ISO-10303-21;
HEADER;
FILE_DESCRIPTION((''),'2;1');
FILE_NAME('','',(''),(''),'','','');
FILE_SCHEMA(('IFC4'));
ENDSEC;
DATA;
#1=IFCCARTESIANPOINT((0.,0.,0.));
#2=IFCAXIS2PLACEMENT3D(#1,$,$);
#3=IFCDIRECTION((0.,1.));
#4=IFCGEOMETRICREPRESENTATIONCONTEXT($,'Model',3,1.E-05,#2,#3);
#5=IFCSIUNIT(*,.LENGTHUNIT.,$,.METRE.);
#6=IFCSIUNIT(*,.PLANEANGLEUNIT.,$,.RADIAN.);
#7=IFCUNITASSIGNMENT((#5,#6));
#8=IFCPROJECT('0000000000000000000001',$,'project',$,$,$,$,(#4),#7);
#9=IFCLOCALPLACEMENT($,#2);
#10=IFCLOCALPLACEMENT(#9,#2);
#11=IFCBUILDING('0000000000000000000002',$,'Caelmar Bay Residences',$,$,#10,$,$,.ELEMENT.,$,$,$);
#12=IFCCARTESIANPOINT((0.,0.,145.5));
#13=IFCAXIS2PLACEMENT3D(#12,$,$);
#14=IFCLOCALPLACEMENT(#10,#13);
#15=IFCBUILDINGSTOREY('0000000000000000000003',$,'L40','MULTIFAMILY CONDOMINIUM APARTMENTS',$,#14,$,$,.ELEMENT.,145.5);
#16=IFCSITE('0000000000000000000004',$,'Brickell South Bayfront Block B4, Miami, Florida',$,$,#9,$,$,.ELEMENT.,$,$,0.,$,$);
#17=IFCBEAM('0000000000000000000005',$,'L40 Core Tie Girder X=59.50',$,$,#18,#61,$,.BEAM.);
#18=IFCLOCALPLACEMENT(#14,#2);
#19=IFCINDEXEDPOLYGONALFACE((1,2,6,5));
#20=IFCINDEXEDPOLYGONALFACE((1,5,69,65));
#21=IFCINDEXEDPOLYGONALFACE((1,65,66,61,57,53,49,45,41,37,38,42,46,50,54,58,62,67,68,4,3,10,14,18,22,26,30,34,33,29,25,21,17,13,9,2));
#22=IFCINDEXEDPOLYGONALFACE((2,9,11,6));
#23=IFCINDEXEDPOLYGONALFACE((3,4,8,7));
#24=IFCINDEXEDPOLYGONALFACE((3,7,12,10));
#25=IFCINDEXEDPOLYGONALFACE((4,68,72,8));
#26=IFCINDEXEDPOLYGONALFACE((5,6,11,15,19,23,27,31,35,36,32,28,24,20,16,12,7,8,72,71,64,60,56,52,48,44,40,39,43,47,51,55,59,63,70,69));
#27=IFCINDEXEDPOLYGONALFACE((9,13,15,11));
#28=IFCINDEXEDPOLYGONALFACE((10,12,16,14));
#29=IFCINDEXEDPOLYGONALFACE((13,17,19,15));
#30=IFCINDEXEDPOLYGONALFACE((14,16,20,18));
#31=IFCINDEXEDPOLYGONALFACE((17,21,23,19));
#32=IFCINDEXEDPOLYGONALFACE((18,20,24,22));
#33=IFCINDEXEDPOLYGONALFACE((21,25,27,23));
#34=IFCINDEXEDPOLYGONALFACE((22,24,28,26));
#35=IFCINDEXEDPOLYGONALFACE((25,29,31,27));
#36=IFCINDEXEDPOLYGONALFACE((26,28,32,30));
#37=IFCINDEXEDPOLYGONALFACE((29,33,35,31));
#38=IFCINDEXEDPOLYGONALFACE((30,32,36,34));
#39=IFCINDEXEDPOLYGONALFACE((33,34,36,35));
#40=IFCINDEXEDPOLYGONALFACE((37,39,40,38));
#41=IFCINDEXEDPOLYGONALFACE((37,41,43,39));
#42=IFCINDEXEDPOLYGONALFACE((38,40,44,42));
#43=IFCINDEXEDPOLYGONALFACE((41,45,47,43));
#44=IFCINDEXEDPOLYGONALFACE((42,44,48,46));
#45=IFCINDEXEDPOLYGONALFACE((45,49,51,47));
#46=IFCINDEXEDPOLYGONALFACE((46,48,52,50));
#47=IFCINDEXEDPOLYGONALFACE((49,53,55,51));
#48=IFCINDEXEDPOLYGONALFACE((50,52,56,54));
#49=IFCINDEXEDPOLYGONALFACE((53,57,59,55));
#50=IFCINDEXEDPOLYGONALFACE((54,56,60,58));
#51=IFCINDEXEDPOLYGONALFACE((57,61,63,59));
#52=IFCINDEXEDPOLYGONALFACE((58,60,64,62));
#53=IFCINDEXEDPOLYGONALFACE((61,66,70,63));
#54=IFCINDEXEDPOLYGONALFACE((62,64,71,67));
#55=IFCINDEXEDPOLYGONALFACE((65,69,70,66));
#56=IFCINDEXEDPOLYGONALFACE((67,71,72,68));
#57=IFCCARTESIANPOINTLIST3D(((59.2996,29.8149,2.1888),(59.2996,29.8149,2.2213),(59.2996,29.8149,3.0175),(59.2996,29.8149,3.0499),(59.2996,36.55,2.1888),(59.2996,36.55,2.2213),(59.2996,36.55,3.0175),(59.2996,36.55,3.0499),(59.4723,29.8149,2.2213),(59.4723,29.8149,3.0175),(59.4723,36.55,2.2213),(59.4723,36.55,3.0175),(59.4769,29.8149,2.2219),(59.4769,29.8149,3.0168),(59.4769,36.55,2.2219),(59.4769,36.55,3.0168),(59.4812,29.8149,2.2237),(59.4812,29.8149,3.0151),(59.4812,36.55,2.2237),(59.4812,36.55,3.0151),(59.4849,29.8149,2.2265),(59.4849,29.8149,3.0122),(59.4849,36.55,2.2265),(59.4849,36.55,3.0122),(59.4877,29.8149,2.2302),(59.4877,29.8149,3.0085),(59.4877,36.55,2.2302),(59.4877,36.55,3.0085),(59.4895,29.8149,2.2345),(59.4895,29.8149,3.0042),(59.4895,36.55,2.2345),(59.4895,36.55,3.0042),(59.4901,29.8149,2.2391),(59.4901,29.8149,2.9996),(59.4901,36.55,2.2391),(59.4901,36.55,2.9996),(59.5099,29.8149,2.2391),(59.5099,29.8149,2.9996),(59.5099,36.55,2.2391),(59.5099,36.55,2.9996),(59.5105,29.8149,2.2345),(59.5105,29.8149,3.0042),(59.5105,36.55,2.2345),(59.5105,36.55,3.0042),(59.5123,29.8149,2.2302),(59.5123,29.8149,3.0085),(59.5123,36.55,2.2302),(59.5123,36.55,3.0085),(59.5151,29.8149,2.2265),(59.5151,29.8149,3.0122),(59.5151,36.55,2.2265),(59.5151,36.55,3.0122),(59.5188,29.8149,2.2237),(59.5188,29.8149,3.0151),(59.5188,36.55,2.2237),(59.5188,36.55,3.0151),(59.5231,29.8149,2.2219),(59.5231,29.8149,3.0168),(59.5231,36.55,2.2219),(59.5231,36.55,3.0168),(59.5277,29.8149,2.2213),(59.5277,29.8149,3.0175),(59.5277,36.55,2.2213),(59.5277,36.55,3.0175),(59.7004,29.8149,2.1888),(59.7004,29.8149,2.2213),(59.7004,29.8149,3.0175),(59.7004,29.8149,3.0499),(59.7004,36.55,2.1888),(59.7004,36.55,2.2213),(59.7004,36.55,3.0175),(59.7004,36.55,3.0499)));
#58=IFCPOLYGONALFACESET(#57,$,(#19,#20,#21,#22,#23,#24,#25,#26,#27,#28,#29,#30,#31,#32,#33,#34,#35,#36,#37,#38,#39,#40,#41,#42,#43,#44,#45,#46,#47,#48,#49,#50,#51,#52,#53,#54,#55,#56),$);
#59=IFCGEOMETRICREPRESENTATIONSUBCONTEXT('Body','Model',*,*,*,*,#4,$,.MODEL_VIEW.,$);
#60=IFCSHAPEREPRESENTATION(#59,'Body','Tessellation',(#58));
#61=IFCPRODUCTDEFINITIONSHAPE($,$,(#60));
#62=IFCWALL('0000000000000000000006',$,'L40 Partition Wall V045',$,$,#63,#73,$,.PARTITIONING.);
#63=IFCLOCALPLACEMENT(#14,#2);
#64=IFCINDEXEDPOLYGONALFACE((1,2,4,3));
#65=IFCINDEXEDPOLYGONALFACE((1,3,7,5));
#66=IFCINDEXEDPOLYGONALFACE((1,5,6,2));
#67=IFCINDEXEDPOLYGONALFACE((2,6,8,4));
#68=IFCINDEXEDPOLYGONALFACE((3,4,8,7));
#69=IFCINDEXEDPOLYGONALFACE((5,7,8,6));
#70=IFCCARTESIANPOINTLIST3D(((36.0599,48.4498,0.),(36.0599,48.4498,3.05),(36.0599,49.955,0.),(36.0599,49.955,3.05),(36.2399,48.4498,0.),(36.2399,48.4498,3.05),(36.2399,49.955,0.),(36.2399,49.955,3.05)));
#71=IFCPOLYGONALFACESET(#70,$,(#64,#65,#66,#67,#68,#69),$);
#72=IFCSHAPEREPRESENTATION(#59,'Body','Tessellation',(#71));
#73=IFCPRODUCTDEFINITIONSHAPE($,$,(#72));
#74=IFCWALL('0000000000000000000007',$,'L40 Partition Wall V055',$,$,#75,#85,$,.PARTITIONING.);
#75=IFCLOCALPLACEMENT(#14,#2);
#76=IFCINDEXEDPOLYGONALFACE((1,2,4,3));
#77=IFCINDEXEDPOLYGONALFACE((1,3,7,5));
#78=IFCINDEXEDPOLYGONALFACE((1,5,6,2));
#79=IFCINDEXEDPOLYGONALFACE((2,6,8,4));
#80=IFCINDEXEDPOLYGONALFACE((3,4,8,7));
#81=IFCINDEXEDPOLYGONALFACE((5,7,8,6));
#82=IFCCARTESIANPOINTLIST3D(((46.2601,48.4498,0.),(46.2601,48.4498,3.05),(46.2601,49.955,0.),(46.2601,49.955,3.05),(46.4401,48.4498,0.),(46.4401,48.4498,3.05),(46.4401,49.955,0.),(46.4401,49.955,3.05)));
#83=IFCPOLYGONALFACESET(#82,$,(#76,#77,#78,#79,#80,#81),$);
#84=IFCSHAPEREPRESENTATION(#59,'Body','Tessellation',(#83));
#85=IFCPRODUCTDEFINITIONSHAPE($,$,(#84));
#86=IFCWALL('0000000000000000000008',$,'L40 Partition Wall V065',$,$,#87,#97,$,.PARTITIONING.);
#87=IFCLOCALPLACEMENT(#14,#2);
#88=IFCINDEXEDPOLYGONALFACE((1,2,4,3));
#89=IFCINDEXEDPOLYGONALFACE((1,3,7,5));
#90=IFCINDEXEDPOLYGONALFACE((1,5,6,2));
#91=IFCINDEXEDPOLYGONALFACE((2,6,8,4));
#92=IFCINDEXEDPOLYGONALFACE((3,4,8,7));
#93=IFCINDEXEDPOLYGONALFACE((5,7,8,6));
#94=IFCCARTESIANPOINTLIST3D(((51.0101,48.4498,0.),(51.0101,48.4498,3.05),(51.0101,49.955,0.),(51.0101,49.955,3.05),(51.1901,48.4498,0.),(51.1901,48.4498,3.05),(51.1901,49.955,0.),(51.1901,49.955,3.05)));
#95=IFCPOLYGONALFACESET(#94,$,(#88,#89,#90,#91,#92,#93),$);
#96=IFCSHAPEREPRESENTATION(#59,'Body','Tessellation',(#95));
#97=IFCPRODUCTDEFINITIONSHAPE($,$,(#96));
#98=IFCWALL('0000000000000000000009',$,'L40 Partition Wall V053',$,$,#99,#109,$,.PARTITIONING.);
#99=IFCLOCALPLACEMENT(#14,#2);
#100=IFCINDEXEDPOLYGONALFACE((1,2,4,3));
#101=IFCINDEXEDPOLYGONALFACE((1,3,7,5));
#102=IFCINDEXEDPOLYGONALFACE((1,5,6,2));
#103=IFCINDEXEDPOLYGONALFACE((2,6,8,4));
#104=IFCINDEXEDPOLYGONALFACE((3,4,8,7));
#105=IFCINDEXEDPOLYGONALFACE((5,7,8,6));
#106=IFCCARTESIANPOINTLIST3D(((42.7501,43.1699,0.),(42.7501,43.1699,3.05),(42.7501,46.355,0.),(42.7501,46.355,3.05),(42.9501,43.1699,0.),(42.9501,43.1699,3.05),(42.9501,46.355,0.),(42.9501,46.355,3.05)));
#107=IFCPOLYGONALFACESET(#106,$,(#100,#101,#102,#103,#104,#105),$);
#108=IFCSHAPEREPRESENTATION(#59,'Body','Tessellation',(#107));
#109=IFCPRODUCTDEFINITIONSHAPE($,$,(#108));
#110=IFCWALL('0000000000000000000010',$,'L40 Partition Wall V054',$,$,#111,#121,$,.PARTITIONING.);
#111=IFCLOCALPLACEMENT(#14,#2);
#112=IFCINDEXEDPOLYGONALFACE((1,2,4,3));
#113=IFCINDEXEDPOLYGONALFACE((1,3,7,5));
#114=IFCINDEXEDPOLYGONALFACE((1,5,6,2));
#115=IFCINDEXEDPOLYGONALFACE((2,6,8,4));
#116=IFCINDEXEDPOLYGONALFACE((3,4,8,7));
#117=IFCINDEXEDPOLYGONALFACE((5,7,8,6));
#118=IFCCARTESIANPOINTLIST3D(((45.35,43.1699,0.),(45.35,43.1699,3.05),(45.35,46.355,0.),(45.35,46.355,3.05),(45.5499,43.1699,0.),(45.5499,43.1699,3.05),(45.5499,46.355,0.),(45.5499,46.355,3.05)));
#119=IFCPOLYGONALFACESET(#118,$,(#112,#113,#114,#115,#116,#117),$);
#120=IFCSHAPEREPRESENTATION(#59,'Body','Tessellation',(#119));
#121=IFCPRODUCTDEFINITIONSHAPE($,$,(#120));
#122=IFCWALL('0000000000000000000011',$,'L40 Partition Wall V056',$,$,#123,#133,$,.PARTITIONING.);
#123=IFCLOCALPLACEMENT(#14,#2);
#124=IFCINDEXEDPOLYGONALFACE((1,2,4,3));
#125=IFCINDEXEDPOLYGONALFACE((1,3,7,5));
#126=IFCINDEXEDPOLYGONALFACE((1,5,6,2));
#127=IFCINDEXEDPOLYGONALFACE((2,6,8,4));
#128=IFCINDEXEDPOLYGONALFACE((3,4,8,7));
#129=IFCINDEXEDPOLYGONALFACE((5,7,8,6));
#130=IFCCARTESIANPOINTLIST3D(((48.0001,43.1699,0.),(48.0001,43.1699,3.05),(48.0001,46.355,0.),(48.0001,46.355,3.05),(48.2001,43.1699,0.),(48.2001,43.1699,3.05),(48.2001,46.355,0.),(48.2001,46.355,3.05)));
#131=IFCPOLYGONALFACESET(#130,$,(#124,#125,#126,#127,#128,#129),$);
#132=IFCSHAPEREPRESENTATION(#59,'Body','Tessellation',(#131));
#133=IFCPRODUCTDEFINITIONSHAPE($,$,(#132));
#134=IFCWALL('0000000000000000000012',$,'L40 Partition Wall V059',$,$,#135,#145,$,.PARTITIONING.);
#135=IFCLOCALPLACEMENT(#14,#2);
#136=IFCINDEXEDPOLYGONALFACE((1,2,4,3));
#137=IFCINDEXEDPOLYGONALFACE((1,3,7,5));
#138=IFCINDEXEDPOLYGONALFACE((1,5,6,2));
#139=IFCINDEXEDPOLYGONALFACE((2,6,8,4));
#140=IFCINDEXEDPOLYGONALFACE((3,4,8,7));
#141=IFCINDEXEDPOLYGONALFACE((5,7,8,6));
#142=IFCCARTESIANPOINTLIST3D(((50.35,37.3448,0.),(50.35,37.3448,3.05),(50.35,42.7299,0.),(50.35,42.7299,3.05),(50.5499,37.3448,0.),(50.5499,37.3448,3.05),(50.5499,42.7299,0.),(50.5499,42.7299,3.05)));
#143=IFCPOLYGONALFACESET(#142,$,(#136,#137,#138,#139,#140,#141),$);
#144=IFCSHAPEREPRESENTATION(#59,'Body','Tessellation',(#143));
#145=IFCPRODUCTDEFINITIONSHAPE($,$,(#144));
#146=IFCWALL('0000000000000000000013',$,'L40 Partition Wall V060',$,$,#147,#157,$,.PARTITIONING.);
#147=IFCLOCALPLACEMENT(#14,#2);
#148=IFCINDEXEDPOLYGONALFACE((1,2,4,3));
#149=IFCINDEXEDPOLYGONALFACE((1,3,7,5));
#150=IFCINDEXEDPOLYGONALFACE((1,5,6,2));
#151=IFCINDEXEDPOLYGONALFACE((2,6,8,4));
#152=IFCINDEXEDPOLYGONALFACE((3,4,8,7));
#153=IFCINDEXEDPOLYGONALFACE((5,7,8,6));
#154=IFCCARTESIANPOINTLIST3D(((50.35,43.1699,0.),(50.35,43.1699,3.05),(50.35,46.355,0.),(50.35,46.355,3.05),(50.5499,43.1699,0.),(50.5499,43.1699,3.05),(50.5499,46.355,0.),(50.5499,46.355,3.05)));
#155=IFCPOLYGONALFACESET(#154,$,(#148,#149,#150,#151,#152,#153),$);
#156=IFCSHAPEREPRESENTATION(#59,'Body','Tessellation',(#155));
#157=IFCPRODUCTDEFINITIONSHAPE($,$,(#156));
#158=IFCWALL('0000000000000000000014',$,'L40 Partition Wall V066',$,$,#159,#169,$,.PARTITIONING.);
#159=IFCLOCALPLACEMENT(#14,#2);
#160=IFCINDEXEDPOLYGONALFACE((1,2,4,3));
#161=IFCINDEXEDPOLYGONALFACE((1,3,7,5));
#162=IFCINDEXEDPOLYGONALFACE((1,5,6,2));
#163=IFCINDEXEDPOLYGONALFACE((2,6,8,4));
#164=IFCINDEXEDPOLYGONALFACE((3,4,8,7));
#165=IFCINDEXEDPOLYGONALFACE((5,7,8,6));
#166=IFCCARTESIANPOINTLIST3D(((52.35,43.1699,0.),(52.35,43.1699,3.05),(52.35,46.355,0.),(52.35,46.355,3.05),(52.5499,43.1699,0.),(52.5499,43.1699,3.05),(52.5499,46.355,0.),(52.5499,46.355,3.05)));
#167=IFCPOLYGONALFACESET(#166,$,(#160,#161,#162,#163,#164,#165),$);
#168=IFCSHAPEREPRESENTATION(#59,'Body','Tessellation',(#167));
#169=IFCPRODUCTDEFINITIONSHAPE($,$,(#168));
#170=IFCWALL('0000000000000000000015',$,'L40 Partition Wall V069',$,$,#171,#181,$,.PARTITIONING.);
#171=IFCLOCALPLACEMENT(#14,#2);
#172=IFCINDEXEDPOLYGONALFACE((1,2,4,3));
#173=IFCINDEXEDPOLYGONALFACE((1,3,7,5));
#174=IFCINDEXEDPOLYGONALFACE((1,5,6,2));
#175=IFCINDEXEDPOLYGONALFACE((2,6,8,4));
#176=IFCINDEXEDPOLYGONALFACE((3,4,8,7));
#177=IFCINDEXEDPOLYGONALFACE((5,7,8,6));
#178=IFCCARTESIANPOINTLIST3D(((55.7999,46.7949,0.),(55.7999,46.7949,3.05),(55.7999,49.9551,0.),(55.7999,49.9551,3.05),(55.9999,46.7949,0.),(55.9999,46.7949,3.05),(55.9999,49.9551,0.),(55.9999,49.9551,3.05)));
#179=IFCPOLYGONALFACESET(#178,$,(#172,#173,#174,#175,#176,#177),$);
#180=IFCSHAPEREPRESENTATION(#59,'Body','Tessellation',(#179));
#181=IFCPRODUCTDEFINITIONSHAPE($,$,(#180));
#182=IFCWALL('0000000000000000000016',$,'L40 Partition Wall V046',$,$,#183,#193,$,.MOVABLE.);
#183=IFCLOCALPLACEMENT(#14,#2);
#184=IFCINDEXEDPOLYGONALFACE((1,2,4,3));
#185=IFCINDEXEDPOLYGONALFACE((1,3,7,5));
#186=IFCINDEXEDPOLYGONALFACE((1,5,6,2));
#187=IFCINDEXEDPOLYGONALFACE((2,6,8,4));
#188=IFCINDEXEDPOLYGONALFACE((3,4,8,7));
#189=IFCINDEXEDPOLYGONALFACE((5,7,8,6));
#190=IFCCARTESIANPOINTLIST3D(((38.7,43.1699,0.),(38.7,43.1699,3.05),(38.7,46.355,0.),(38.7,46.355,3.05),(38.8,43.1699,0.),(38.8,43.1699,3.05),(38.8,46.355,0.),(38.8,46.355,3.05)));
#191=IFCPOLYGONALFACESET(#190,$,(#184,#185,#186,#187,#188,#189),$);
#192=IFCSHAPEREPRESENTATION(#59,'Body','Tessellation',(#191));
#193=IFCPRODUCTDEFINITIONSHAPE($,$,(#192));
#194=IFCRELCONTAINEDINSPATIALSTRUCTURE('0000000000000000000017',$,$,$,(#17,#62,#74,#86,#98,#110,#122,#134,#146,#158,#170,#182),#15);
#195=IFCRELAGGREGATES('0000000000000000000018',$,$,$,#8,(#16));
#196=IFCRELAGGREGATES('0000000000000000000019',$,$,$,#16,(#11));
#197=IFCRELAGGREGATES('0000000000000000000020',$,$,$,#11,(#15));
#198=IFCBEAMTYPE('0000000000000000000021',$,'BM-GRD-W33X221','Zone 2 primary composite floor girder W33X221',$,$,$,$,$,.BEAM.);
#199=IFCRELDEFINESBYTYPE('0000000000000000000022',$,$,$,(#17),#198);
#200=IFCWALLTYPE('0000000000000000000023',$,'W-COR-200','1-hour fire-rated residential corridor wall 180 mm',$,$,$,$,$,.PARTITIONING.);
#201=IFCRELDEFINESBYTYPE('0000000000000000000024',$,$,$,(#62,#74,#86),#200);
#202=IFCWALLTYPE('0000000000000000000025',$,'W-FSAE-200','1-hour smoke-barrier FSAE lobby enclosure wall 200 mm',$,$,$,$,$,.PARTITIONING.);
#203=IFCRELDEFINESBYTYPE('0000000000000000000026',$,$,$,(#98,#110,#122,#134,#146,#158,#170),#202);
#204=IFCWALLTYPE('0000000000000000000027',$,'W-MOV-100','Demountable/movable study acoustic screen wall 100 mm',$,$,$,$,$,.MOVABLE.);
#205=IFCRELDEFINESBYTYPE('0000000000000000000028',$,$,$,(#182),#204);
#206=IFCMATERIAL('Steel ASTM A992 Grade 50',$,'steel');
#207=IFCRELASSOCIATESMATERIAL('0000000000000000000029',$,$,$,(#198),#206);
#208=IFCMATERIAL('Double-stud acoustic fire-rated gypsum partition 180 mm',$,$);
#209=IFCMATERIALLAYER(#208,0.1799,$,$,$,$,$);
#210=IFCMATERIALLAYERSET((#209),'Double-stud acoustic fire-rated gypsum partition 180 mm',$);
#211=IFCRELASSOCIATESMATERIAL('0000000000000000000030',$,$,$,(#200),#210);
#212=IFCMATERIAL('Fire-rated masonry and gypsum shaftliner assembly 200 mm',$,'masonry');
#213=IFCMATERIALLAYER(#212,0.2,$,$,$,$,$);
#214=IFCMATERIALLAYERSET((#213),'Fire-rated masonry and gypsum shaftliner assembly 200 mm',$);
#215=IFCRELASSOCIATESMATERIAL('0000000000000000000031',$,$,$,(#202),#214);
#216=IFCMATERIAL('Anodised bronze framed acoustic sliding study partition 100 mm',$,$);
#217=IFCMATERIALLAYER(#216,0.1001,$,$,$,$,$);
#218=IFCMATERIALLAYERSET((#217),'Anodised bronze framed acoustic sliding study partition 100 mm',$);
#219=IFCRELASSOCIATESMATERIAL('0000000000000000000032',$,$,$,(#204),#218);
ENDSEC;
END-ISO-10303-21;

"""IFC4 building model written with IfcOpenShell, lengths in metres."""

from ifc_helpers import new_model, si_unit, direction, frame, frame_2d, origin, origin_2d, place, context, subcontext, project, spatial, rectangle, i_section, extrude, material, layer, layer_set, material_profile, profile_set, type_object, element, save


model = new_model("IFC4")

# Units and contexts
model_context = context("Model", 3, precision=1e-05, world=origin(), true_north=direction((0.0, 1.0)))
body_context = subcontext(model_context, "Body", "Model", "MODEL_VIEW")
ifc_project = project(units=[si_unit("LENGTHUNIT", "METRE"), si_unit("PLANEANGLEUNIT", "RADIAN")], contexts=[model_context])

# Site, building, storey
site_placement = place(None, origin())
site = spatial("IfcSite", under=ifc_project, at=site_placement, Name="Brickell South Bayfront Block B4, Miami, Florida", CompositionType="ELEMENT", RefElevation=0.0)
building_placement = place(site_placement, origin())
building = spatial("IfcBuilding", under=site, at=building_placement, Name="Caelmar Bay Residences", CompositionType="ELEMENT")
storey_placement = place(building_placement, frame((0.0, 0.0, 145.5)))
storey = spatial("IfcBuildingStorey", under=building, at=storey_placement, Name="L40", Description="MULTIFAMILY CONDOMINIUM APARTMENTS", CompositionType="ELEMENT", Elevation=145.5)

# Beam
ifc_material_1 = material(Name="Steel ASTM A992 Grade 50", Category="steel")
ifc_material_profile = material_profile(ifc_material_1, i_section(OverallWidth=0.4009, OverallDepth=0.8611, WebThickness=0.0198, FlangeThickness=0.0325, FilletRadius=0.0178, at=origin_2d()), Name="W33X221")
ifc_profile_set = profile_set([ifc_material_profile], Name="Steel ASTM A992 Grade 50")
beam_type = type_object("IfcBeamType", Name="BM-GRD-W33X221", Description="Zone 2 primary composite floor girder W33X221", PredefinedType="BEAM", material=ifc_profile_set)
beam_placement = place(storey_placement, frame((59.5, 29.8149, 2.6194), z_axis=(0.0, 1.0, 0.0), x_axis=(-1.0, 0.0, 0.0)))
element("IfcBeam", 1, at=beam_placement, inside=storey, type_object=beam_type, Name="L40 Core Tie Girder X=59.50", PredefinedType="BEAM", context=body_context, shape_type="SweptSolid", body=[
    extrude(i_section(OverallWidth=0.4009, OverallDepth=0.8611, WebThickness=0.0198, FlangeThickness=0.0325, FilletRadius=0.0178, at=origin_2d()), origin(), (0.0, 0.0, 1.0), 6.7351),
])

# Walls
ifc_material_2 = material(Name="Double-stud acoustic fire-rated gypsum partition 180 mm")
ifc_layer_1 = layer(ifc_material_2, 0.1799)
ifc_layer_set_1 = layer_set([ifc_layer_1], Name="Double-stud acoustic fire-rated gypsum partition 180 mm")
wall_type_1 = type_object("IfcWallType", Name="W-COR-200", Description="1-hour fire-rated residential corridor wall 180 mm", PredefinedType="PARTITIONING", material=ifc_layer_set_1)
for number, where, z_axis, x_axis, name in (
    (2, (36.1499, 48.45, 0.0), (0.0, 0.0, 1.0), (0.0, 1.0, 0.0), "L40 Partition Wall V045"),
    (3, (46.3501, 48.45, 0.0), (0.0, 0.0, 1.0), (0.0, 1.0, 0.0), "L40 Partition Wall V055"),
    (4, (51.1001, 48.45, 0.0), (0.0, 0.0, 1.0), (0.0, 1.0, 0.0), "L40 Partition Wall V065"),
):
    element("IfcWall", number, at=place(storey_placement, frame(where, z_axis=z_axis, x_axis=x_axis)), inside=storey, type_object=wall_type_1, Name=name, PredefinedType="PARTITIONING", context=body_context, shape_type="SweptSolid", body=[
        extrude(rectangle(XDim=1.5051, YDim=0.1799, at=frame_2d((0.7524, 0.0))), origin(), (0.0, 0.0, 1.0), 3.05),
    ])
ifc_material_3 = material(Name="Fire-rated masonry and gypsum shaftliner assembly 200 mm", Category="masonry")
ifc_layer_2 = layer(ifc_material_3, 0.2)
ifc_layer_set_2 = layer_set([ifc_layer_2], Name="Fire-rated masonry and gypsum shaftliner assembly 200 mm")
wall_type_2 = type_object("IfcWallType", Name="W-FSAE-200", Description="1-hour smoke-barrier FSAE lobby enclosure wall 200 mm", PredefinedType="PARTITIONING", material=ifc_layer_set_2)
for number, where, z_axis, x_axis, name in (
    (5, (42.8501, 43.1699, 0.0), (0.0, 0.0, 1.0), (0.0, 1.0, 0.0), "L40 Partition Wall V053"),
    (6, (45.45, 43.1699, 0.0), (0.0, 0.0, 1.0), (0.0, 1.0, 0.0), "L40 Partition Wall V054"),
    (7, (48.1001, 43.1699, 0.0), (0.0, 0.0, 1.0), (0.0, 1.0, 0.0), "L40 Partition Wall V056"),
):
    element("IfcWall", number, at=place(storey_placement, frame(where, z_axis=z_axis, x_axis=x_axis)), inside=storey, type_object=wall_type_2, Name=name, PredefinedType="PARTITIONING", context=body_context, shape_type="SweptSolid", body=[
        extrude(rectangle(XDim=3.1851, YDim=0.2, at=frame_2d((1.5925, 0.0))), origin(), (0.0, 0.0, 1.0), 3.05),
    ])
wall_1_placement = place(storey_placement, frame((50.45, 37.345, 0.0), z_axis=(0.0, 0.0, 1.0), x_axis=(0.0, 1.0, 0.0)))
element("IfcWall", 8, at=wall_1_placement, inside=storey, type_object=wall_type_2, Name="L40 Partition Wall V059", PredefinedType="PARTITIONING", context=body_context, shape_type="SweptSolid", body=[
    extrude(rectangle(XDim=5.385, YDim=0.2, at=frame_2d((2.6924, 0.0))), origin(), (0.0, 0.0, 1.0), 3.05),
])
for number, where, z_axis, x_axis, name in (
    (9, (50.45, 43.1699, 0.0), (0.0, 0.0, 1.0), (0.0, 1.0, 0.0), "L40 Partition Wall V060"),
    (10, (52.45, 43.1699, 0.0), (0.0, 0.0, 1.0), (0.0, 1.0, 0.0), "L40 Partition Wall V066"),
):
    element("IfcWall", number, at=place(storey_placement, frame(where, z_axis=z_axis, x_axis=x_axis)), inside=storey, type_object=wall_type_2, Name=name, PredefinedType="PARTITIONING", context=body_context, shape_type="SweptSolid", body=[
        extrude(rectangle(XDim=3.1851, YDim=0.2, at=frame_2d((1.5925, 0.0))), origin(), (0.0, 0.0, 1.0), 3.05),
    ])
wall_2_placement = place(storey_placement, frame((55.8999, 46.7949, 0.0), z_axis=(0.0, 0.0, 1.0), x_axis=(0.0, 1.0, 0.0)))
element("IfcWall", 11, at=wall_2_placement, inside=storey, type_object=wall_type_2, Name="L40 Partition Wall V069", PredefinedType="PARTITIONING", context=body_context, shape_type="SweptSolid", body=[
    extrude(rectangle(XDim=3.1602, YDim=0.2, at=frame_2d((1.5801, 0.0))), origin(), (0.0, 0.0, 1.0), 3.05),
])
ifc_material_4 = material(Name="Anodised bronze framed acoustic sliding study partition 100 mm")
ifc_layer_3 = layer(ifc_material_4, 0.1001)
ifc_layer_set_3 = layer_set([ifc_layer_3], Name="Anodised bronze framed acoustic sliding study partition 100 mm")
wall_type_3 = type_object("IfcWallType", Name="W-MOV-100", Description="Demountable/movable study acoustic screen wall 100 mm", PredefinedType="MOVABLE", material=ifc_layer_set_3)
wall_3_placement = place(storey_placement, frame((38.75, 43.1699, 0.0), z_axis=(0.0, 0.0, 1.0), x_axis=(0.0, 1.0, 0.0)))
element("IfcWall", 12, at=wall_3_placement, inside=storey, type_object=wall_type_3, Name="L40 Partition Wall V046", PredefinedType="MOVABLE", context=body_context, shape_type="SweptSolid", body=[
    extrude(rectangle(XDim=3.1851, YDim=0.1001, at=frame_2d((1.5925, 0.0))), origin(), (0.0, 0.0, 1.0), 3.05),
])

save(model, "model.ifc")
